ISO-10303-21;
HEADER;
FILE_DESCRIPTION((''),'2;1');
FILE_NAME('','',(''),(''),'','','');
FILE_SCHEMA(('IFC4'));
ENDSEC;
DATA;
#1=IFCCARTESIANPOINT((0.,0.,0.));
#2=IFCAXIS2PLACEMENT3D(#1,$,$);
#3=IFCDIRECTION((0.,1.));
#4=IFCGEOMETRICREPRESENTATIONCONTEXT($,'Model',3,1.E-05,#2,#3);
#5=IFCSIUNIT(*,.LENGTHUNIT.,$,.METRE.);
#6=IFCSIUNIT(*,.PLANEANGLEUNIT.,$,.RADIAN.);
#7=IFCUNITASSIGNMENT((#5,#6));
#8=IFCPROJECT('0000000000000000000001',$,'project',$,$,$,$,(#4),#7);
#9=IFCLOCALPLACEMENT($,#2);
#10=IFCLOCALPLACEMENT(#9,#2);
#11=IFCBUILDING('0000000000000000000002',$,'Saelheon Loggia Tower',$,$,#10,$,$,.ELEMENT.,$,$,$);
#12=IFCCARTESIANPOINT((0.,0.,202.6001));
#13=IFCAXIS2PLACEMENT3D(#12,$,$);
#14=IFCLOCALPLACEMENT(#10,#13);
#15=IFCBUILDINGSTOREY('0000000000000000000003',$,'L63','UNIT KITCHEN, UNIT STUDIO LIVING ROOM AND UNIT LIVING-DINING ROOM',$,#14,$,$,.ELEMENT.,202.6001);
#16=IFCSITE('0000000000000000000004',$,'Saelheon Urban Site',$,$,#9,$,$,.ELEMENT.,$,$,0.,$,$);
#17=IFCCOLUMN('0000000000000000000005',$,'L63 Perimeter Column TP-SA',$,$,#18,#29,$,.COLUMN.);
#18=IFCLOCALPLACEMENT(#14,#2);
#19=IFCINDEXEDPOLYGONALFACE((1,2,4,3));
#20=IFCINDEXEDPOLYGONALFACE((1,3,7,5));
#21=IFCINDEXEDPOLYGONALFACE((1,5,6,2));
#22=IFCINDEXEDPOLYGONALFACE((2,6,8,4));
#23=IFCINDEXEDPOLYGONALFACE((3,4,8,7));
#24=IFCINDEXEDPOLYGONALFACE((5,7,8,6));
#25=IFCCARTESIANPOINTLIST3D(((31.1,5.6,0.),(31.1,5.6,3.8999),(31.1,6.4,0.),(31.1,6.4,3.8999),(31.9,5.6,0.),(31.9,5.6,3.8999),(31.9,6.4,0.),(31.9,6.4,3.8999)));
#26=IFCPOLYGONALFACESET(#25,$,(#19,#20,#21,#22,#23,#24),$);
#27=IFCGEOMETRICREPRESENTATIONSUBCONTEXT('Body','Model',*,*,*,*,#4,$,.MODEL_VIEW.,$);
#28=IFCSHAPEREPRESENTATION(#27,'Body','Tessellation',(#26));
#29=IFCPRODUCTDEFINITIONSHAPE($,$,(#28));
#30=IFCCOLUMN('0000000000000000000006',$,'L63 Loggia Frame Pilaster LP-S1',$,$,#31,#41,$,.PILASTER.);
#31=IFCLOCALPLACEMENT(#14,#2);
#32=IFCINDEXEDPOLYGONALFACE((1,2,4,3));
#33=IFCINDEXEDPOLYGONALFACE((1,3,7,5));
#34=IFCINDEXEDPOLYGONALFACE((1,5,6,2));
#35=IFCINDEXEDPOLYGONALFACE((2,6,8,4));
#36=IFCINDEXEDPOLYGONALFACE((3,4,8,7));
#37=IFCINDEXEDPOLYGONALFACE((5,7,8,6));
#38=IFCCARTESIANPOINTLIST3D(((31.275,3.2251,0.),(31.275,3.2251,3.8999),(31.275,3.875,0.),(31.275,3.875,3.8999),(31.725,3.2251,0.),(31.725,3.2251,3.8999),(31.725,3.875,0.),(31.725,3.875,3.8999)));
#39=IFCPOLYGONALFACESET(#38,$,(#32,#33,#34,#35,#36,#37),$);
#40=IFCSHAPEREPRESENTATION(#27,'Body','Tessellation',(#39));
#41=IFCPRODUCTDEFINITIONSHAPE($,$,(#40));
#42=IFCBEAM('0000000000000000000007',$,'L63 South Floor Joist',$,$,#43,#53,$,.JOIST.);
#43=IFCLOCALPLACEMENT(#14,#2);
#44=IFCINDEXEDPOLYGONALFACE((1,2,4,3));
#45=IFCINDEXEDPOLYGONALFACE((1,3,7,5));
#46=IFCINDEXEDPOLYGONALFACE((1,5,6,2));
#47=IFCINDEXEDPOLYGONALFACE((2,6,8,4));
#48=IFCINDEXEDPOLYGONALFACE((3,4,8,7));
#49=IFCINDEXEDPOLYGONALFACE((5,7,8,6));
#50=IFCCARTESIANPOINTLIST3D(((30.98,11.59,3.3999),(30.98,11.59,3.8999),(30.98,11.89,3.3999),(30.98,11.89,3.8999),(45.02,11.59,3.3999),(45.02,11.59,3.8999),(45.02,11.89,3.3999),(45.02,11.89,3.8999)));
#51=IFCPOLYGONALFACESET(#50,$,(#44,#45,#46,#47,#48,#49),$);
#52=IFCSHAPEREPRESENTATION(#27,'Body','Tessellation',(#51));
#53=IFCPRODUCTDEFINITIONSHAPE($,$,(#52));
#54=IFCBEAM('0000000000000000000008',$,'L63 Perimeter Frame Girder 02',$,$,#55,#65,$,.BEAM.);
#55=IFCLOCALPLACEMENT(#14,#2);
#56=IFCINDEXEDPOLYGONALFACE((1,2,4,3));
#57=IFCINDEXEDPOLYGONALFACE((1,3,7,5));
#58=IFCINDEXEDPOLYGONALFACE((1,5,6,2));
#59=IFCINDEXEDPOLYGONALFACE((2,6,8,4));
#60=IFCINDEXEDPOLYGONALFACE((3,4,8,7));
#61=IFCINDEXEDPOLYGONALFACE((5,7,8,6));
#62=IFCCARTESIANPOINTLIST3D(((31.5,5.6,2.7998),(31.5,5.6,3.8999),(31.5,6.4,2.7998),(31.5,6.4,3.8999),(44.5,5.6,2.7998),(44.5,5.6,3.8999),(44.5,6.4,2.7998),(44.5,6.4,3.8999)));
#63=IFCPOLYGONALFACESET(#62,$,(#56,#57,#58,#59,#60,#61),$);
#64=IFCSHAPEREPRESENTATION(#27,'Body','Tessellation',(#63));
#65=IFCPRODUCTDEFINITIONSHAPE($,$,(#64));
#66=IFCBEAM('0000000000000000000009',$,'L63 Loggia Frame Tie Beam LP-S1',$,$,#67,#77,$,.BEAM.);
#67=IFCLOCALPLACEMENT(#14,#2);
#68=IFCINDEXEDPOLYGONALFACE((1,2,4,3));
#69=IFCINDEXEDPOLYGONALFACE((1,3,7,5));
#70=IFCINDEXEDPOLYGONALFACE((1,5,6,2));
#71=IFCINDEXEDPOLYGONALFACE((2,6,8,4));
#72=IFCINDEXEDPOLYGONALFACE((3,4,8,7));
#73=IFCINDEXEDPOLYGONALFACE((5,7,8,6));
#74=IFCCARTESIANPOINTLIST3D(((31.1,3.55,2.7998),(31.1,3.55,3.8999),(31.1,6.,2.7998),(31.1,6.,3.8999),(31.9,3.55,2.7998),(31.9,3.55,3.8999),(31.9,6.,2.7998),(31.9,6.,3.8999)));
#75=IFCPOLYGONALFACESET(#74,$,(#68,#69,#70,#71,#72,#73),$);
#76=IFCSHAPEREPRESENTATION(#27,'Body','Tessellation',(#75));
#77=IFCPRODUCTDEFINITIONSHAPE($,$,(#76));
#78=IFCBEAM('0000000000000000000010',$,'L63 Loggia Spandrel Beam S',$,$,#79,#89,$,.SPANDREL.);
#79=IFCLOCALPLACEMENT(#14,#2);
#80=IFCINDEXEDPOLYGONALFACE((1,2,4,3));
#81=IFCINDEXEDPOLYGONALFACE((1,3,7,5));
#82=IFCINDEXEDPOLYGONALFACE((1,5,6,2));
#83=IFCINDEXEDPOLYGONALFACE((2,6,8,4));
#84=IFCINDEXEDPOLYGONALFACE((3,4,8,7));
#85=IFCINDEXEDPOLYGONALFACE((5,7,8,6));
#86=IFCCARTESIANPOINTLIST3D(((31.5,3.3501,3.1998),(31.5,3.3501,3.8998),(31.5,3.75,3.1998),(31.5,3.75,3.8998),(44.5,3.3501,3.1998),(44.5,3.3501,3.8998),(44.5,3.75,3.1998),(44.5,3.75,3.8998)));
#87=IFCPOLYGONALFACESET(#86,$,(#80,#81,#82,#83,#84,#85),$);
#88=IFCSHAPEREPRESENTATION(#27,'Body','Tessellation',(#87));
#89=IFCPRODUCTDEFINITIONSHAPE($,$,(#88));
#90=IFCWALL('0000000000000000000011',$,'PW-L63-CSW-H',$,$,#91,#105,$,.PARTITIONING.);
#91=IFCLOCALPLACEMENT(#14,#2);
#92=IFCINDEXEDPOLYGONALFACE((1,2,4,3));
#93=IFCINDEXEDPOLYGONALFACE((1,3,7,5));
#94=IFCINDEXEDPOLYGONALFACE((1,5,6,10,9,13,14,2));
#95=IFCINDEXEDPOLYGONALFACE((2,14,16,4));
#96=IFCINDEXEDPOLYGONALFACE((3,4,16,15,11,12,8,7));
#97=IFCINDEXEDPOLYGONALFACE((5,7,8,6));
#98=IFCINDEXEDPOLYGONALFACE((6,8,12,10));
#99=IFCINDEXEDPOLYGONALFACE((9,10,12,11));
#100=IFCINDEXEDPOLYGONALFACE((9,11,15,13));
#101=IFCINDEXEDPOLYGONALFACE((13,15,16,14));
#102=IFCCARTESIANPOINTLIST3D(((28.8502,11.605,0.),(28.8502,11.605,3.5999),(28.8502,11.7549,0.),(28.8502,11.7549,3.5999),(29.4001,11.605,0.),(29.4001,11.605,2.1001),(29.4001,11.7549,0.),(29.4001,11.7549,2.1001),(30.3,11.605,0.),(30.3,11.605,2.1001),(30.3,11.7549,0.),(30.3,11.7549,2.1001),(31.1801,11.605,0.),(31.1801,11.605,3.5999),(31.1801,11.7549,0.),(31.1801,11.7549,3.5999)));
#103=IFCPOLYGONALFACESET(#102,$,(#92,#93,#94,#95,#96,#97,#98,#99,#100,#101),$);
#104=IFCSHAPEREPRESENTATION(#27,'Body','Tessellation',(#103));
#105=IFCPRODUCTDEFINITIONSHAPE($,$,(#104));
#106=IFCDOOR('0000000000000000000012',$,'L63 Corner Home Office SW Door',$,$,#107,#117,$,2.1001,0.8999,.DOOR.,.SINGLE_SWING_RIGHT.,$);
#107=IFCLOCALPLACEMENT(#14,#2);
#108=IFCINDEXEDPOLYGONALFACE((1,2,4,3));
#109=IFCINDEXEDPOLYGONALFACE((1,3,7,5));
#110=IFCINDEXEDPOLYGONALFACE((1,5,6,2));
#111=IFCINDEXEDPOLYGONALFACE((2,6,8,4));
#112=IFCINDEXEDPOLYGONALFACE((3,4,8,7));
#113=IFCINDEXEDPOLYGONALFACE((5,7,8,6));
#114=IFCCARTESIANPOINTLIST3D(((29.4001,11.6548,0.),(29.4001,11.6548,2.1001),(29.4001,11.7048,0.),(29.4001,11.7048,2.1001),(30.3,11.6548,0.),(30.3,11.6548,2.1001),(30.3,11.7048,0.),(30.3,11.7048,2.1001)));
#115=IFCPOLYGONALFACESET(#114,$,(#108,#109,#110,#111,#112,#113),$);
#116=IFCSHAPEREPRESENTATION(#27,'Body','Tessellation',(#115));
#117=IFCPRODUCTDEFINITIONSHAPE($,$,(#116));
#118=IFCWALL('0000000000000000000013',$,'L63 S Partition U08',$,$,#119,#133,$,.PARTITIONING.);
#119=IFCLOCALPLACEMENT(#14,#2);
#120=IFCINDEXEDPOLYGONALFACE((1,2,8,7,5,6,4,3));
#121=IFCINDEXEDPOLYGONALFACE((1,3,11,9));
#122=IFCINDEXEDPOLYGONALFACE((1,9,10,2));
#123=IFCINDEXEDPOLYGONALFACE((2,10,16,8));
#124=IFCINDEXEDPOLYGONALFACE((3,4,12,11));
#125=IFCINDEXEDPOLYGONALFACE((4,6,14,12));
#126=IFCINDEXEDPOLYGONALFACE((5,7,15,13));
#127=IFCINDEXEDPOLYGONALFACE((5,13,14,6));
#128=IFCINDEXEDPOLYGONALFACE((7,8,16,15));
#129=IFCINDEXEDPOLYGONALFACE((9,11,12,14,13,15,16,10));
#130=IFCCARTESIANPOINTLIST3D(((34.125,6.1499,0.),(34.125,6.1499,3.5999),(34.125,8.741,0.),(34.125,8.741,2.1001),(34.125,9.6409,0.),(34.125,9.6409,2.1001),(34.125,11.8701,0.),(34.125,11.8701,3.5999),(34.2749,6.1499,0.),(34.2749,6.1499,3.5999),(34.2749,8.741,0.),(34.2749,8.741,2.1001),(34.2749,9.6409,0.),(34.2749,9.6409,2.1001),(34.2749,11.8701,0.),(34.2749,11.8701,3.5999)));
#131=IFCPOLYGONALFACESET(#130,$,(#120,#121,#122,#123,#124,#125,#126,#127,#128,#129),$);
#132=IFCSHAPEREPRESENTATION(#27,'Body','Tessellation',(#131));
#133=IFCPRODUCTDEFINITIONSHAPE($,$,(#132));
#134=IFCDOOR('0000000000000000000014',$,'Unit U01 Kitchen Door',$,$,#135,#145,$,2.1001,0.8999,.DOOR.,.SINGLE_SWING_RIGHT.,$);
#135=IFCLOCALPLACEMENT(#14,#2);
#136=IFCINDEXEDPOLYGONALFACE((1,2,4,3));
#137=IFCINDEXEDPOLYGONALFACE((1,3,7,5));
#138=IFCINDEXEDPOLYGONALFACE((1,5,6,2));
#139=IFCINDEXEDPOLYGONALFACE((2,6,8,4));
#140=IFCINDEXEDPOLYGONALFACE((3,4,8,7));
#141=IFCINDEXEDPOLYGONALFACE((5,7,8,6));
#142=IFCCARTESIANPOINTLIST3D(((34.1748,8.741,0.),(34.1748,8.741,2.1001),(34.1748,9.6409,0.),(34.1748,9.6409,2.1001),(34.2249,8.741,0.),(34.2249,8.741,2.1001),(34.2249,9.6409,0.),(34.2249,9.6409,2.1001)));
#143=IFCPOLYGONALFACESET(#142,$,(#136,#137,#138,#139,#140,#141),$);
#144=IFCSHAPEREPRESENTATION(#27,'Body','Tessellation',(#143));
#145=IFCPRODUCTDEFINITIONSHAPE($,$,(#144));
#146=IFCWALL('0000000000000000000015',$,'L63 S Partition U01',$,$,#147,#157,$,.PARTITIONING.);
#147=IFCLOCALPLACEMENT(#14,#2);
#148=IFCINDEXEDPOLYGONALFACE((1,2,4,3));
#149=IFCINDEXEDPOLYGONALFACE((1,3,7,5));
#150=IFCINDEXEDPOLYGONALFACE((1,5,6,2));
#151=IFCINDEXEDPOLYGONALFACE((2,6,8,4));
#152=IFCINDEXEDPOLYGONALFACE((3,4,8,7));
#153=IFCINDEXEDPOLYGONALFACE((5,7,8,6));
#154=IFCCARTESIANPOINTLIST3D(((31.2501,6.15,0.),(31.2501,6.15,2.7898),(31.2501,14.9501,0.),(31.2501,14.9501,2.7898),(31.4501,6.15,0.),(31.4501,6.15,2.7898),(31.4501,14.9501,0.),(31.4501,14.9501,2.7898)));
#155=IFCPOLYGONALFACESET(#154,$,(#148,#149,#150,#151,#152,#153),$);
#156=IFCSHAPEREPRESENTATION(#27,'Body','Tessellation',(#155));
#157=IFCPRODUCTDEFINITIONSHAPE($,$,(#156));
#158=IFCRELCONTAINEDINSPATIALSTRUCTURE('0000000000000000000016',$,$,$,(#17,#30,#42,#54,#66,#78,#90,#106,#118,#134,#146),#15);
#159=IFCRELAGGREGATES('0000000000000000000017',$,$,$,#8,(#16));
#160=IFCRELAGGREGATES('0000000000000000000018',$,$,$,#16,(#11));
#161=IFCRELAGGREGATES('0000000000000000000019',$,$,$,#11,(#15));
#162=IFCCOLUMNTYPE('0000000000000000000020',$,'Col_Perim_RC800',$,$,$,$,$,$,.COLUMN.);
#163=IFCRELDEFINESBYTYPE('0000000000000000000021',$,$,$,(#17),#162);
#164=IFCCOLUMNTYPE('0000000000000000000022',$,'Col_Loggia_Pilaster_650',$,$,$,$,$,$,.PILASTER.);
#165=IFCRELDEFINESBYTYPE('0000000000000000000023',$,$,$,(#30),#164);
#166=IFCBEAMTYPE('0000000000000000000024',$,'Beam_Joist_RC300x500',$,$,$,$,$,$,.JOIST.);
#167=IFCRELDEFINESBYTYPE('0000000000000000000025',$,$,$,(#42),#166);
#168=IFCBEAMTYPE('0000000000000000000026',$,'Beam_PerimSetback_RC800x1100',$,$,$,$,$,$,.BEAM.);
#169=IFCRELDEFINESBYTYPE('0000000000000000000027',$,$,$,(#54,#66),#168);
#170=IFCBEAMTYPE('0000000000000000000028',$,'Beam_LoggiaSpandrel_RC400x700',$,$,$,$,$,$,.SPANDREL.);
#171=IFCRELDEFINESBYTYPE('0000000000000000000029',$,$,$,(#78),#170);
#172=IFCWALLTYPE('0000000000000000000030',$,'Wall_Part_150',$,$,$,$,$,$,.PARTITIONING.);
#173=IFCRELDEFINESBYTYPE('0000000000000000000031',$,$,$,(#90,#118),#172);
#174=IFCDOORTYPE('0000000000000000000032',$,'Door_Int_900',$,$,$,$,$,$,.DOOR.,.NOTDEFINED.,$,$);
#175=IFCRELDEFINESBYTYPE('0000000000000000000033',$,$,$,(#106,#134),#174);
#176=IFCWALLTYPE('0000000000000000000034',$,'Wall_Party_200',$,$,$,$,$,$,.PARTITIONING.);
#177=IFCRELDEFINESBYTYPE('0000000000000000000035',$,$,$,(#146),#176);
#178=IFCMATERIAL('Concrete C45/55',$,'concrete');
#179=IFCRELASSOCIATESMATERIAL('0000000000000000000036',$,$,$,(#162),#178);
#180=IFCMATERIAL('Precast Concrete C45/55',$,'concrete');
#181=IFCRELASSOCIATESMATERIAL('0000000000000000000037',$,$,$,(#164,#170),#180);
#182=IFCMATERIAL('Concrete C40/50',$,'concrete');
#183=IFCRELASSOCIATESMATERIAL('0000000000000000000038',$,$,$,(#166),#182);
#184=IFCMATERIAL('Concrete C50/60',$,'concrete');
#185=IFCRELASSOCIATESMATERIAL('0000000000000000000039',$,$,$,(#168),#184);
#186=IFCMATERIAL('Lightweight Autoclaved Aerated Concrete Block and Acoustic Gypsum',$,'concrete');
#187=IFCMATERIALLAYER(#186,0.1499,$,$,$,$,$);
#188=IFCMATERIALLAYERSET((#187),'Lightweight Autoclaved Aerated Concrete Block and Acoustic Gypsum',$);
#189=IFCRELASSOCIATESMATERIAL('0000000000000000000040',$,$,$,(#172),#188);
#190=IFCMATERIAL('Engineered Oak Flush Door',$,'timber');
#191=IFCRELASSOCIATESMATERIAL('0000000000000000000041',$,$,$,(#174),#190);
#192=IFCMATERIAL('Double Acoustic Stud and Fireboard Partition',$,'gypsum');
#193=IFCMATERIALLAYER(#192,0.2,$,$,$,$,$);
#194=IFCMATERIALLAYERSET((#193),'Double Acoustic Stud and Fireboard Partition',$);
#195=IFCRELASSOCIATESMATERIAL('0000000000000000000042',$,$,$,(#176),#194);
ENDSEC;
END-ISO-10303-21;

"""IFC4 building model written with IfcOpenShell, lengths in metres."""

from ifc_helpers import new_model, si_unit, direction, frame, frame_2d, origin, origin_2d, place, context, subcontext, project, spatial, rectangle, extrude, source, transform, mapped, material, layer, layer_set, material_profile, profile_set, type_object, element, fill, save


model = new_model("IFC4")

# Units and contexts
model_context = context("Model", 3, precision=1e-05, world=origin(), true_north=direction((0.0, 1.0)))
body_context = subcontext(model_context, "Body", "Model", "MODEL_VIEW")
ifc_project = project(units=[si_unit("LENGTHUNIT", "METRE"), si_unit("PLANEANGLEUNIT", "RADIAN")], contexts=[model_context])

# Site, building, storey
site_placement = place(None, origin())
site = spatial("IfcSite", under=ifc_project, at=site_placement, Name="Saelheon Urban Site", CompositionType="ELEMENT", RefElevation=0.0)
building_placement = place(site_placement, origin())
building = spatial("IfcBuilding", under=site, at=building_placement, Name="Saelheon Loggia Tower", CompositionType="ELEMENT")
storey_placement = place(building_placement, frame((0.0, 0.0, 202.6001)))
storey = spatial("IfcBuildingStorey", under=building, at=storey_placement, Name="L63", Description="UNIT KITCHEN, UNIT STUDIO LIVING ROOM AND UNIT LIVING-DINING ROOM", CompositionType="ELEMENT", Elevation=202.6001)

# Columns
ifc_material_1 = material(Name="Concrete C45/55", Category="concrete")
ifc_material_profile_1 = material_profile(ifc_material_1, rectangle(XDim=0.8, YDim=0.8, at=origin_2d()), Name="RC-800x800")
ifc_profile_set_1 = profile_set([ifc_material_profile_1], Name="Concrete C45/55")
column_type_1 = type_object("IfcColumnType", Name="Col_Perim_RC800", PredefinedType="COLUMN", material=ifc_profile_set_1)
shared_shape_1 = source(origin(), body_context, "Body", "SweptSolid", [
    extrude(rectangle(XDim=0.8, YDim=0.8, at=origin_2d()), origin(), (0.0, 0.0, 1.0), 3.8999),
])
column_1_placement = place(storey_placement, frame((31.5, 6.0, 0.0), z_axis=(0.0, 0.0, 1.0), x_axis=(1.0, 0.0, 0.0)))
element("IfcColumn", 1, at=column_1_placement, inside=storey, type_object=column_type_1, Name="L63 Perimeter Column TP-SA", PredefinedType="COLUMN", context=body_context, shape_type="MappedRepresentation", body=[
    mapped(shared_shape_1, transform((0.0, 0.0, 0.0), scale=1.0)),
])
ifc_material_2 = material(Name="Precast Concrete C45/55", Category="concrete")
ifc_material_profile_2 = material_profile(ifc_material_2, rectangle(XDim=0.45, YDim=0.6499, at=origin_2d()), Name="RC-450x650")
ifc_profile_set_2 = profile_set([ifc_material_profile_2], Name="Precast Concrete C45/55")
column_type_2 = type_object("IfcColumnType", Name="Col_Loggia_Pilaster_650", PredefinedType="PILASTER", material=ifc_profile_set_2)
shared_shape_2 = source(origin(), body_context, "Body", "SweptSolid", [
    extrude(rectangle(XDim=0.45, YDim=0.6499, at=origin_2d()), origin(), (0.0, 0.0, 1.0), 3.8999),
])
column_2_placement = place(storey_placement, frame((31.5, 3.55, 0.0), z_axis=(0.0, 0.0, 1.0), x_axis=(1.0, 0.0, 0.0)))
element("IfcColumn", 2, at=column_2_placement, inside=storey, type_object=column_type_2, Name="L63 Loggia Frame Pilaster LP-S1", PredefinedType="PILASTER", context=body_context, shape_type="MappedRepresentation", body=[
    mapped(shared_shape_2, transform((0.0, 0.0, 0.0), scale=1.0)),
])

# Beams
ifc_material_3 = material(Name="Concrete C40/50", Category="concrete")
ifc_material_profile_3 = material_profile(ifc_material_3, rectangle(XDim=0.3, YDim=0.5, at=origin_2d()), Name="RC-300x500")
ifc_profile_set_3 = profile_set([ifc_material_profile_3], Name="Concrete C40/50")
beam_type_1 = type_object("IfcBeamType", Name="Beam_Joist_RC300x500", PredefinedType="JOIST", material=ifc_profile_set_3)
shared_shape_3 = source(origin(), body_context, "Body", "SweptSolid", [
    extrude(rectangle(XDim=0.3, YDim=0.5, at=origin_2d()), origin(), (0.0, 0.0, 1.0), 14.04),
])
beam_1_placement = place(storey_placement, frame((30.98, 11.74, 3.6499), z_axis=(1.0, 0.0, 0.0), x_axis=(0.0, 1.0, 0.0)))
element("IfcBeam", 3, at=beam_1_placement, inside=storey, type_object=beam_type_1, Name="L63 South Floor Joist", PredefinedType="JOIST", context=body_context, shape_type="MappedRepresentation", body=[
    mapped(shared_shape_3, transform((0.0, 0.0, 0.0), scale=1.0)),
])
ifc_material_4 = material(Name="Concrete C50/60", Category="concrete")
ifc_material_profile_4 = material_profile(ifc_material_4, rectangle(XDim=0.8, YDim=1.1001, at=origin_2d()), Name="RC-800x1100")
ifc_profile_set_4 = profile_set([ifc_material_profile_4], Name="Concrete C50/60")
beam_type_2 = type_object("IfcBeamType", Name="Beam_PerimSetback_RC800x1100", PredefinedType="BEAM", material=ifc_profile_set_4)
shared_shape_4 = source(origin(), body_context, "Body", "SweptSolid", [
    extrude(rectangle(XDim=0.8, YDim=1.1001, at=origin_2d()), origin(), (0.0, 0.0, 1.0), 13.0),
])
beam_2_placement = place(storey_placement, frame((31.5, 6.0, 3.3499), z_axis=(1.0, 0.0, 0.0), x_axis=(0.0, 1.0, 0.0)))
element("IfcBeam", 4, at=beam_2_placement, inside=storey, type_object=beam_type_2, Name="L63 Perimeter Frame Girder 02", PredefinedType="BEAM", context=body_context, shape_type="MappedRepresentation", body=[
    mapped(shared_shape_4, transform((0.0, 0.0, 0.0), scale=1.0)),
])
shared_shape_5 = source(origin(), body_context, "Body", "SweptSolid", [
    extrude(rectangle(XDim=0.8, YDim=1.1001, at=origin_2d()), origin(), (0.0, 0.0, 1.0), 2.45),
])
beam_3_placement = place(storey_placement, frame((31.5, 6.0, 3.3499), z_axis=(0.0, -1.0, 0.0), x_axis=(1.0, 0.0, 0.0)))
element("IfcBeam", 5, at=beam_3_placement, inside=storey, type_object=beam_type_2, Name="L63 Loggia Frame Tie Beam LP-S1", PredefinedType="BEAM", context=body_context, shape_type="MappedRepresentation", body=[
    mapped(shared_shape_5, transform((0.0, 0.0, 0.0), scale=1.0)),
])
ifc_material_profile_5 = material_profile(ifc_material_2, rectangle(XDim=0.3999, YDim=0.7, at=origin_2d()), Name="RC-400x700")
ifc_profile_set_5 = profile_set([ifc_material_profile_5], Name="Precast Concrete C45/55")
beam_type_3 = type_object("IfcBeamType", Name="Beam_LoggiaSpandrel_RC400x700", PredefinedType="SPANDREL", material=ifc_profile_set_5)
shared_shape_6 = source(origin(), body_context, "Body", "SweptSolid", [
    extrude(rectangle(XDim=0.3999, YDim=0.7, at=origin_2d()), origin(), (0.0, 0.0, 1.0), 13.0),
])
beam_4_placement = place(storey_placement, frame((31.5, 3.55, 3.5498), z_axis=(1.0, 0.0, 0.0), x_axis=(0.0, 1.0, 0.0)))
element("IfcBeam", 6, at=beam_4_placement, inside=storey, type_object=beam_type_3, Name="L63 Loggia Spandrel Beam S", PredefinedType="SPANDREL", context=body_context, shape_type="MappedRepresentation", body=[
    mapped(shared_shape_6, transform((0.0, 0.0, 0.0), scale=1.0)),
])

# Walls, openings, doors
ifc_material_5 = material(Name="Lightweight Autoclaved Aerated Concrete Block and Acoustic Gypsum", Category="concrete")
ifc_layer_1 = layer(ifc_material_5, 0.1499)
ifc_layer_set_1 = layer_set([ifc_layer_1], Name="Lightweight Autoclaved Aerated Concrete Block and Acoustic Gypsum")
wall_type_1 = type_object("IfcWallType", Name="Wall_Part_150", PredefinedType="PARTITIONING", material=ifc_layer_set_1)
wall_1_placement = place(storey_placement, frame((28.8501, 11.6799, 0.0), z_axis=(0.0, 0.0, 1.0), x_axis=(1.0, 0.0, 0.0)))
wall_1 = element("IfcWall", 7, at=wall_1_placement, inside=storey, type_object=wall_type_1, Name="PW-L63-CSW-H", PredefinedType="PARTITIONING", context=body_context, shape_type="SweptSolid", body=[
    extrude(rectangle(XDim=2.3298, YDim=0.1499, at=frame_2d((1.165, 0.0))), origin(), (0.0, 0.0, 1.0), 3.5999),
])
opening_1_placement = place(wall_1_placement, frame((0.55, 0.0, 0.0)))
opening_1 = element("IfcOpeningElement", 8, at=opening_1_placement, cuts=wall_1, PredefinedType="OPENING", context=body_context, shape_type="SweptSolid", body=[
    extrude(rectangle(XDim=0.8999, YDim=2.1001, at=frame_2d((0.45, 1.05))), frame((0.0, 0.0869, 0.0), z_axis=(0.0, -1.0, 0.0), x_axis=(1.0, 0.0, 0.0)), (0.0, 0.0, 1.0), 0.1738),
])
ifc_material_6 = material(Name="Engineered Oak Flush Door", Category="timber")
door_type_1 = type_object("IfcDoorType", Name="Door_Int_900", OperationType="NOTDEFINED", PredefinedType="DOOR", material=ifc_material_6)
shared_shape_7 = source(origin(), body_context, "Body", "SweptSolid", [
    extrude(rectangle(XDim=0.8999, YDim=2.1001, at=frame_2d((0.45, 1.05))), frame((0.0, 0.0249, 0.0), z_axis=(0.0, -1.0, 0.0), x_axis=(1.0, 0.0, 0.0)), (0.0, 0.0, 1.0), 0.05),
])
door_1_placement = place(opening_1_placement, origin())
door_1 = element("IfcDoor", 9, at=door_1_placement, inside=storey, type_object=door_type_1, Name="L63 Corner Home Office SW Door", OperationType="SINGLE_SWING_RIGHT", OverallHeight=2.1001, OverallWidth=0.8999, PredefinedType="DOOR", context=body_context, shape_type="MappedRepresentation", body=[
    mapped(shared_shape_7, transform((0.0, 0.0, 0.0), scale=1.0)),
])
fill(opening_1, door_1)
wall_2_placement = place(storey_placement, frame((34.2, 11.8701, 0.0), z_axis=(0.0, 0.0, 1.0), x_axis=(0.0, -1.0, 0.0)))
wall_2 = element("IfcWall", 10, at=wall_2_placement, inside=storey, type_object=wall_type_1, Name="L63 S Partition U08", PredefinedType="PARTITIONING", context=body_context, shape_type="SweptSolid", body=[
    extrude(rectangle(XDim=5.7202, YDim=0.1499, at=frame_2d((2.8601, 0.0))), origin(), (0.0, 0.0, 1.0), 3.5999),
])
opening_2_placement = place(wall_2_placement, frame((2.2292, 0.0, 0.0)))
opening_2 = element("IfcOpeningElement", 11, at=opening_2_placement, cuts=wall_2, PredefinedType="OPENING", context=body_context, shape_type="SweptSolid", body=[
    extrude(rectangle(XDim=0.8999, YDim=2.1001, at=frame_2d((0.45, 1.05))), frame((0.0, 0.0869, 0.0), z_axis=(0.0, -1.0, 0.0), x_axis=(1.0, 0.0, 0.0)), (0.0, 0.0, 1.0), 0.1738),
])
door_2_placement = place(opening_2_placement, origin())
door_2 = element("IfcDoor", 12, at=door_2_placement, inside=storey, type_object=door_type_1, Name="Unit U01 Kitchen Door", OperationType="SINGLE_SWING_RIGHT", OverallHeight=2.1001, OverallWidth=0.8999, PredefinedType="DOOR", context=body_context, shape_type="MappedRepresentation", body=[
    mapped(shared_shape_7, transform((0.0, 0.0, 0.0), scale=1.0)),
])
fill(opening_2, door_2)

# Wall
ifc_material_7 = material(Name="Double Acoustic Stud and Fireboard Partition", Category="gypsum")
ifc_layer_2 = layer(ifc_material_7, 0.2)
ifc_layer_set_2 = layer_set([ifc_layer_2], Name="Double Acoustic Stud and Fireboard Partition")
wall_type_2 = type_object("IfcWallType", Name="Wall_Party_200", PredefinedType="PARTITIONING", material=ifc_layer_set_2)
wall_3_placement = place(storey_placement, frame((31.3501, 14.95, 0.0), z_axis=(0.0, 0.0, 1.0), x_axis=(0.0, -1.0, 0.0)))
element("IfcWall", 13, at=wall_3_placement, inside=storey, type_object=wall_type_2, Name="L63 S Partition U01", PredefinedType="PARTITIONING", context=body_context, shape_type="SweptSolid", body=[
    extrude(rectangle(XDim=8.8, YDim=0.2, at=frame_2d((4.3999, 0.0))), origin(), (0.0, 0.0, 1.0), 2.7898),
])

save(model, "model.ifc")
